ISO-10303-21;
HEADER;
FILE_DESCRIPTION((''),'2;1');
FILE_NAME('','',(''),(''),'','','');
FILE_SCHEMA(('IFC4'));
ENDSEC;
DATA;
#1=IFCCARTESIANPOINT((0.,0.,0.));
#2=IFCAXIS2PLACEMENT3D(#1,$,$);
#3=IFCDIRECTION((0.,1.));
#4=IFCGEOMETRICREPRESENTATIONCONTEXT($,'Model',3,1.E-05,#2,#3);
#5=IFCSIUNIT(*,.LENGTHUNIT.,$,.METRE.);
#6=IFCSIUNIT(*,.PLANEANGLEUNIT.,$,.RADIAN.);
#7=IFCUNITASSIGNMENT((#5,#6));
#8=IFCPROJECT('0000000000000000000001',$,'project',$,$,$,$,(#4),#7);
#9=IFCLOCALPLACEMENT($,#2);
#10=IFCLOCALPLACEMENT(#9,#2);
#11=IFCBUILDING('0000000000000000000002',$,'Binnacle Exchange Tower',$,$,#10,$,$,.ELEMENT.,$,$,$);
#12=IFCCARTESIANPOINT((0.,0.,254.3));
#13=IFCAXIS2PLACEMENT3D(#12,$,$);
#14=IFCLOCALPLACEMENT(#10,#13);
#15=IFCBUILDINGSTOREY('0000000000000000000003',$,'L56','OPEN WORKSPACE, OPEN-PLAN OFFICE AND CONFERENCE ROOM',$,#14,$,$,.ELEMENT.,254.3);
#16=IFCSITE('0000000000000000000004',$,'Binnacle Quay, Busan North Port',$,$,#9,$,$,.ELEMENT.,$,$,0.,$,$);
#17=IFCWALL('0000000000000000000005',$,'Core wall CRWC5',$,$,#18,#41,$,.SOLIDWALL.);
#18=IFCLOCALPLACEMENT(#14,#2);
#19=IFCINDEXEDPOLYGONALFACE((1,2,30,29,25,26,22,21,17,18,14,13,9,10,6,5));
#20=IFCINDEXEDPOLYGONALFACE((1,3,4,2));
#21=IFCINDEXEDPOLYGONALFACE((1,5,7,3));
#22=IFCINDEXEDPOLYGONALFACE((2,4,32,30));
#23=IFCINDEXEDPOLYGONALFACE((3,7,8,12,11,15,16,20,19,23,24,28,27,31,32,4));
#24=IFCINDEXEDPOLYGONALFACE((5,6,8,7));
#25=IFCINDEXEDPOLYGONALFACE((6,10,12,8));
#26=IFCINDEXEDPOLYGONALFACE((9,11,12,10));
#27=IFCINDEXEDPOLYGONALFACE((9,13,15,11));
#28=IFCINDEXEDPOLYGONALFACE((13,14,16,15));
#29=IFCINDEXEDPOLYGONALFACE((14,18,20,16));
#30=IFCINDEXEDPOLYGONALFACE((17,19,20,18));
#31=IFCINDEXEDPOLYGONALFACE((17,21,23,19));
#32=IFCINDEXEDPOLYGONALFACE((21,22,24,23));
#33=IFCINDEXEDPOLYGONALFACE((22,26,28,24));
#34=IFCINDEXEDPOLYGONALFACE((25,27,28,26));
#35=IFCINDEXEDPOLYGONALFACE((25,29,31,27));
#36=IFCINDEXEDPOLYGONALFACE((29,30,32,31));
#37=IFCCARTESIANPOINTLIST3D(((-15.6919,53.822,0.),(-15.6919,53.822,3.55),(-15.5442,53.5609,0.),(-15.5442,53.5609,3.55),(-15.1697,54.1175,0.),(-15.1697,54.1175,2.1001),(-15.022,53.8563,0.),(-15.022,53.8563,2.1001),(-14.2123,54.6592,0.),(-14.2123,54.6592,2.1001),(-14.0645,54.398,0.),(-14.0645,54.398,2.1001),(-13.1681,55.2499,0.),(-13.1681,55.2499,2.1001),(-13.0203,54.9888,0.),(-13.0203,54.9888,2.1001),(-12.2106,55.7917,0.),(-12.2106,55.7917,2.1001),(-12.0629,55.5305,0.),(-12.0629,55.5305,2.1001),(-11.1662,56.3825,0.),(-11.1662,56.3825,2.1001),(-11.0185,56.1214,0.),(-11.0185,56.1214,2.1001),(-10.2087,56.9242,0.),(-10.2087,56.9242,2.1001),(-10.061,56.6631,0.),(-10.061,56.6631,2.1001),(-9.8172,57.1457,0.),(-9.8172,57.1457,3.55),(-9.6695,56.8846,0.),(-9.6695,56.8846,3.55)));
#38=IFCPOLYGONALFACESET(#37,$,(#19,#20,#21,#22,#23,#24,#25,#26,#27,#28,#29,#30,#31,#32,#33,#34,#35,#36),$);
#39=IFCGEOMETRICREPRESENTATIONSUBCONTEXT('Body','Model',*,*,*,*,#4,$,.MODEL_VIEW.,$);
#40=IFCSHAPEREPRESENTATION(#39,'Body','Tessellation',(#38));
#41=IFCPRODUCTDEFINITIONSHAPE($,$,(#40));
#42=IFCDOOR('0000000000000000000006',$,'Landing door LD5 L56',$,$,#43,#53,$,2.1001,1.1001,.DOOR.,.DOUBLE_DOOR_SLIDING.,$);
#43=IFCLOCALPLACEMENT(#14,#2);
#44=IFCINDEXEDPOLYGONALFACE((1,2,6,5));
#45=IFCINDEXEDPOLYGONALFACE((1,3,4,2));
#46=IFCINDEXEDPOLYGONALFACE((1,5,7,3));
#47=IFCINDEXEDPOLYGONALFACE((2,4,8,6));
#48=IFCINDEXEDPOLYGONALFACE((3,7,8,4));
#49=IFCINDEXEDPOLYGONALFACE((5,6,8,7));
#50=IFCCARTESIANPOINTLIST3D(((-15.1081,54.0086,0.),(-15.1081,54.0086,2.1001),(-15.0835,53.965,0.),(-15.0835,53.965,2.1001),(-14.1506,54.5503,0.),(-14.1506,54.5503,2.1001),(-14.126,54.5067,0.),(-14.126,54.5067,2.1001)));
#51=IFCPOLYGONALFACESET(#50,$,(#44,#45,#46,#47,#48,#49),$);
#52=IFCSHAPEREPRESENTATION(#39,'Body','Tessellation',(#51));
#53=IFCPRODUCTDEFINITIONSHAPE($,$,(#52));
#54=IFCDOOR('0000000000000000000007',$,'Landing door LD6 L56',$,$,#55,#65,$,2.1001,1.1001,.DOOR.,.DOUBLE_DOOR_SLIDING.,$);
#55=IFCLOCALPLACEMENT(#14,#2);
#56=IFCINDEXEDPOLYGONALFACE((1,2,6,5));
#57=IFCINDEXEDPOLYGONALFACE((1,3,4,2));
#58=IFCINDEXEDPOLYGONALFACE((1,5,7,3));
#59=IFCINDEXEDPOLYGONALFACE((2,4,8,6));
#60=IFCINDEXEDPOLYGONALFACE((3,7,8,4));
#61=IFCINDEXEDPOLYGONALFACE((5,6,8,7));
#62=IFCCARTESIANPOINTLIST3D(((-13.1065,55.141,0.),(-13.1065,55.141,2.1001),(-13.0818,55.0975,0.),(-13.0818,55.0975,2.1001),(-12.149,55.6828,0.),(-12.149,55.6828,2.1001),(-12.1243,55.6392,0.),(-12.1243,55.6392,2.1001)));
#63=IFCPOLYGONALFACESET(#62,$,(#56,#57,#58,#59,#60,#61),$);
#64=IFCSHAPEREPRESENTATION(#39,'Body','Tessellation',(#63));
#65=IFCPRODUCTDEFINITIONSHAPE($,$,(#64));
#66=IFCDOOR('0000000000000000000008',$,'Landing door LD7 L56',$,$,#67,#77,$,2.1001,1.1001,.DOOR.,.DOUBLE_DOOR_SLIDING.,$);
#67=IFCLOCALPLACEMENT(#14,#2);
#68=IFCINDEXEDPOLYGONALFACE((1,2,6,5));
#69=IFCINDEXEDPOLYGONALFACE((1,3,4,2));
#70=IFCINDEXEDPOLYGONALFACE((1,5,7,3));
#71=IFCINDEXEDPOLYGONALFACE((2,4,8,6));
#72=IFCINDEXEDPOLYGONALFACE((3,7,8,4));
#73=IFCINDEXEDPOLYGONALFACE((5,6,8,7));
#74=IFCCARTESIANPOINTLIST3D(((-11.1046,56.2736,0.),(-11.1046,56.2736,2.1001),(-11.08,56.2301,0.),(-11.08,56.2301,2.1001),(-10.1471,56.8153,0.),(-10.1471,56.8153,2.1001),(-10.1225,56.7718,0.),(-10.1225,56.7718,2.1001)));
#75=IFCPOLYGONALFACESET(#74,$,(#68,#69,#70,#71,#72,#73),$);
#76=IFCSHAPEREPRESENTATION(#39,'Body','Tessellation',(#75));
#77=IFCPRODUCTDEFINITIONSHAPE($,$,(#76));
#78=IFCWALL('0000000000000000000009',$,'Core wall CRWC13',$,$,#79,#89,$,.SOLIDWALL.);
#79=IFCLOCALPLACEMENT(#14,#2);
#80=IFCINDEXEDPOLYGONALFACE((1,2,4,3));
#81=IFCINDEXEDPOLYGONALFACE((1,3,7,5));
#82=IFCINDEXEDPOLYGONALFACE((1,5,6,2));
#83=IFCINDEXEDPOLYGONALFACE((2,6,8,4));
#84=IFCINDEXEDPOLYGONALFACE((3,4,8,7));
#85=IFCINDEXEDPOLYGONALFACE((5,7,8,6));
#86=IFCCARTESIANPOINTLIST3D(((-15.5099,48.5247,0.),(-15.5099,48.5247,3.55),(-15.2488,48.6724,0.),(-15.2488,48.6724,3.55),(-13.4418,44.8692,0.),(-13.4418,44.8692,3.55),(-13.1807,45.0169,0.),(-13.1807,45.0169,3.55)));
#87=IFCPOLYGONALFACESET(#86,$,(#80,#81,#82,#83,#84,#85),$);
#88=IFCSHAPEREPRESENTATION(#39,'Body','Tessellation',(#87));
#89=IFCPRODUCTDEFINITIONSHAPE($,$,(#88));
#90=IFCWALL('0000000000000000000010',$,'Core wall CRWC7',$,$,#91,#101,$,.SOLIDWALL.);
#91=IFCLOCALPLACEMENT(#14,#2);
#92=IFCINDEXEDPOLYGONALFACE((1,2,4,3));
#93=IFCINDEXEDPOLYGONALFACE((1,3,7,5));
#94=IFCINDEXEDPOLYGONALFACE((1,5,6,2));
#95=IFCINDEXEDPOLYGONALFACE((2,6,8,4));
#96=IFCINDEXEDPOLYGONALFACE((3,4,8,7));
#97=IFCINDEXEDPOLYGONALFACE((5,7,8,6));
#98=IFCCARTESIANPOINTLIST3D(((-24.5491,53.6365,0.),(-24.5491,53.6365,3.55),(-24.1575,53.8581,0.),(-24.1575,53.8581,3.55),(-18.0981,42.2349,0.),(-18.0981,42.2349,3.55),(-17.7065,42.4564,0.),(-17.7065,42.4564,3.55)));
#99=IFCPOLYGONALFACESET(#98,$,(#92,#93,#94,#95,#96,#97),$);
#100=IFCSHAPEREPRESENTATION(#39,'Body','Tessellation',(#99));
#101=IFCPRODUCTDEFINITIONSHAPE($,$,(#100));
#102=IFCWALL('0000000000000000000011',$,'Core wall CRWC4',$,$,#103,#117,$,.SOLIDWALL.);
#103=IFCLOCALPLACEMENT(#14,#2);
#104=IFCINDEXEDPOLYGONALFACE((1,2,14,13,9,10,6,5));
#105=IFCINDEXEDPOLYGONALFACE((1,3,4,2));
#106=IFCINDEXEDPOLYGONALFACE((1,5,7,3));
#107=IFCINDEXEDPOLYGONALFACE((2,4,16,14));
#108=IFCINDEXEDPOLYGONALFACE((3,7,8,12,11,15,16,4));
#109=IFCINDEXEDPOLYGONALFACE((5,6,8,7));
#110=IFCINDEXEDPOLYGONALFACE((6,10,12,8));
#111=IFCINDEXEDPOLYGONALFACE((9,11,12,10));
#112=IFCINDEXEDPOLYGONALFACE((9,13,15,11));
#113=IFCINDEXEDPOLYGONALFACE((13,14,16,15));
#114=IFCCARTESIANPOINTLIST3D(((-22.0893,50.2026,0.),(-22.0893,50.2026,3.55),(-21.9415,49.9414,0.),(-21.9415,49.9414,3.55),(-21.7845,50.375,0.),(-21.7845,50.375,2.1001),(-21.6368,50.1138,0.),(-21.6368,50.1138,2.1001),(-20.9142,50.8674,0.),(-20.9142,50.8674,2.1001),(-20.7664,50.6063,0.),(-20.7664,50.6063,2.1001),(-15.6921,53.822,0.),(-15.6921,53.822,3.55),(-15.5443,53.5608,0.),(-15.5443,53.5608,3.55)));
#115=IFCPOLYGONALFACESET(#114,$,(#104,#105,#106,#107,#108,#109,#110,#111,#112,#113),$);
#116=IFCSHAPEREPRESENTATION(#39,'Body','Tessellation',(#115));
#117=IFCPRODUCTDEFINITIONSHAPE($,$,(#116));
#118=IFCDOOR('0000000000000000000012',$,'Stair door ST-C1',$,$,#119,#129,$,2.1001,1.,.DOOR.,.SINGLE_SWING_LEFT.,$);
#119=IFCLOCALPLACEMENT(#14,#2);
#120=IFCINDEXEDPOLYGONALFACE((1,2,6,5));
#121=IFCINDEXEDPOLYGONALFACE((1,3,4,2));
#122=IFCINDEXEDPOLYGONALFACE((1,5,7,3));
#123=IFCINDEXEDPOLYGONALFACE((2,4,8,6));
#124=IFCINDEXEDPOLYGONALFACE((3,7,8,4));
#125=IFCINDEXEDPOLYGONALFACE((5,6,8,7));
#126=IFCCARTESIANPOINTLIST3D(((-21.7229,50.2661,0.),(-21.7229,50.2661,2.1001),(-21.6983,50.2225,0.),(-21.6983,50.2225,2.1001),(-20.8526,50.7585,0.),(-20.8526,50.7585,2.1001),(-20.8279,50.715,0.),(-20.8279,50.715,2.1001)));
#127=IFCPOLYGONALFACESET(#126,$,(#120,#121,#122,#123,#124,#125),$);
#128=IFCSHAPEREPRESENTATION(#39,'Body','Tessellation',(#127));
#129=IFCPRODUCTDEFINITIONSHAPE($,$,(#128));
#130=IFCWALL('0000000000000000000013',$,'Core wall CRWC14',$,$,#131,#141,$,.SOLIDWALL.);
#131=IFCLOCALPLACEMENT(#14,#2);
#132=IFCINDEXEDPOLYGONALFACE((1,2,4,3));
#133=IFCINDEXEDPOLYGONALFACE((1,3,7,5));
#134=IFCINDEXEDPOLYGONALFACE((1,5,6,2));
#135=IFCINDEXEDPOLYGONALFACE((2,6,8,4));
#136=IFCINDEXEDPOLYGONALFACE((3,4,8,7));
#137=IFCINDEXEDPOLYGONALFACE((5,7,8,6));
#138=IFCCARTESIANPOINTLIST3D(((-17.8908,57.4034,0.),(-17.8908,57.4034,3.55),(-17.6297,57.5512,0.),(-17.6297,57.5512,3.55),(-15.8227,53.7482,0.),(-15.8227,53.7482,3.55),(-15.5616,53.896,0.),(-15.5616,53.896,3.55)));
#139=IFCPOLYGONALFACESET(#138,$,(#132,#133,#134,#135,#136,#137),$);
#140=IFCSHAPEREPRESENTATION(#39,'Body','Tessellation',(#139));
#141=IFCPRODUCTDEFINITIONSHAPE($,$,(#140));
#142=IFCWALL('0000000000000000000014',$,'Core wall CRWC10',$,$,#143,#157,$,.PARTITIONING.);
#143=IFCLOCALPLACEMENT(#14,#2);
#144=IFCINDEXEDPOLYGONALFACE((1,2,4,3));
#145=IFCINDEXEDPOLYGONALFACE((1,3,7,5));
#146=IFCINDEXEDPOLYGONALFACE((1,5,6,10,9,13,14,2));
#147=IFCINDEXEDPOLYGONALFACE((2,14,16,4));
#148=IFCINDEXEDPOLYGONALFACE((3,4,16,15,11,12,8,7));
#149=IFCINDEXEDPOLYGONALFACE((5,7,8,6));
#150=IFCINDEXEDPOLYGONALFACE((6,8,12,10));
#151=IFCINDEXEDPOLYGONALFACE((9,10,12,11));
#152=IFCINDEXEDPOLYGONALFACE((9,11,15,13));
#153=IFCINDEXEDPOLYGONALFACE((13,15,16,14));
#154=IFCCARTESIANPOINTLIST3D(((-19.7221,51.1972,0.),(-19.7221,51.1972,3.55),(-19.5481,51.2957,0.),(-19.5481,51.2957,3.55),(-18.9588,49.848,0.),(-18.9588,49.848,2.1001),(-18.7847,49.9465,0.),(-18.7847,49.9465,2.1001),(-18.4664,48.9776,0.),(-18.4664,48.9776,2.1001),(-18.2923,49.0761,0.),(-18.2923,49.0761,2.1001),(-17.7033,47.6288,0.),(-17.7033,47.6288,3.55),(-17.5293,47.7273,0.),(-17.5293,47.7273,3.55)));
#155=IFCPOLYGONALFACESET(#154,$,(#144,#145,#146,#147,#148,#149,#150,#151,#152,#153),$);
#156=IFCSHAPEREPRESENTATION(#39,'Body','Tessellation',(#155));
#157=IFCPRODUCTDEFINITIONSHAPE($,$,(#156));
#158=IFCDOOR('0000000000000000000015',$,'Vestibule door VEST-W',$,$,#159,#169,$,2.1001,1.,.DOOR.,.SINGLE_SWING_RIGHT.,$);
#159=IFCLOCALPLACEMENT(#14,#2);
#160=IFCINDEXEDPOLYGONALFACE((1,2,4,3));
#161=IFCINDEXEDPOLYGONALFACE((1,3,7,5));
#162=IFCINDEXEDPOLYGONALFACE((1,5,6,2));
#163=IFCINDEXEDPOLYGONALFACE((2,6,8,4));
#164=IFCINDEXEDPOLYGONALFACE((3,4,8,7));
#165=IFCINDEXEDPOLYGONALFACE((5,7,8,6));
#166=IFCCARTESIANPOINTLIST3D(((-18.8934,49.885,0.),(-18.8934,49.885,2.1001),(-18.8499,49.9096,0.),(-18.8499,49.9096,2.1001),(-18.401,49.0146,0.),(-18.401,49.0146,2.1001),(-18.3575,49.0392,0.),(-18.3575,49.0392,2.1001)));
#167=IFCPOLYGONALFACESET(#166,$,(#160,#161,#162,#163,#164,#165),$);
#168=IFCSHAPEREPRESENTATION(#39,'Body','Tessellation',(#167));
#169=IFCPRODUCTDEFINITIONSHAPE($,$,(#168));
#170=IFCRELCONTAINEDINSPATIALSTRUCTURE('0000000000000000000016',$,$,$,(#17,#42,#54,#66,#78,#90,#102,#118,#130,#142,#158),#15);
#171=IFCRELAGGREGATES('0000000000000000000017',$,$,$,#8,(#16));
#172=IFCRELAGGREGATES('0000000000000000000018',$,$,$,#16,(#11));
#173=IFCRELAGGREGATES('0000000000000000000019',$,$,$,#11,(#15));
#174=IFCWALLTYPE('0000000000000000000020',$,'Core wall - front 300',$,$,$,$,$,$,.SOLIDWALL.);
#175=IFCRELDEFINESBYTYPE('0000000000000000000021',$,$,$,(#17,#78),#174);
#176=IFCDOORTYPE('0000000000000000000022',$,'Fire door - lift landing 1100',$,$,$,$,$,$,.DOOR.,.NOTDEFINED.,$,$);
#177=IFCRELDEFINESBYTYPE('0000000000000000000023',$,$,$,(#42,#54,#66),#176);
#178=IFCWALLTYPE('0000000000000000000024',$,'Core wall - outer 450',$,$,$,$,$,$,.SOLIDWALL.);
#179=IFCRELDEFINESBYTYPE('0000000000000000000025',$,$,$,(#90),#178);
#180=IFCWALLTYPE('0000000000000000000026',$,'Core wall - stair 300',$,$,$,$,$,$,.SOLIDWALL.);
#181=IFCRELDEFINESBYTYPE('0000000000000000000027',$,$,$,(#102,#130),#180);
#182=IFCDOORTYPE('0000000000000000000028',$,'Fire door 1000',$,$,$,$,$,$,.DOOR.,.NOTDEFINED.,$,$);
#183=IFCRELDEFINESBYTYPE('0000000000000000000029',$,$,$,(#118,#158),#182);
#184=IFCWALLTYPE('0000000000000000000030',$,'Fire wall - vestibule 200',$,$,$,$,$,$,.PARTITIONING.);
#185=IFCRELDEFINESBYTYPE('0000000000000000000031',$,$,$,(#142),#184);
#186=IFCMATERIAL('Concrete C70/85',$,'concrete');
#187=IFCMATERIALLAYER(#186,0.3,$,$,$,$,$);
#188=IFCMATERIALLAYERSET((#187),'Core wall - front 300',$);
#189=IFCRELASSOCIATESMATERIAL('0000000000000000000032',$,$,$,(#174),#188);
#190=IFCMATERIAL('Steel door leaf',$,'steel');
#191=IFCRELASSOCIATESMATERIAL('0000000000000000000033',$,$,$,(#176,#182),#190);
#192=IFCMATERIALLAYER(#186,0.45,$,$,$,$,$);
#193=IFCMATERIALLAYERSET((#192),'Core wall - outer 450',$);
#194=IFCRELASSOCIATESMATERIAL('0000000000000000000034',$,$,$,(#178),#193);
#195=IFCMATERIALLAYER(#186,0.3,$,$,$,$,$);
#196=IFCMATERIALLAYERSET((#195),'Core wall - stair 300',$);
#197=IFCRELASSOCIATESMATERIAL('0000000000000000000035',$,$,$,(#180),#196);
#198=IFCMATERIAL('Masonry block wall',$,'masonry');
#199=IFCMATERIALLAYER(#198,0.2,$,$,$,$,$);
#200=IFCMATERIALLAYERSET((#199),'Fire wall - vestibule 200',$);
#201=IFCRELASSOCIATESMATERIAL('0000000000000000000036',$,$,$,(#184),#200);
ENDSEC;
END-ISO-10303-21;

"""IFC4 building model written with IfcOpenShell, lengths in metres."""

from ifc_helpers import new_model, si_unit, direction, frame, frame_2d, origin, place, context, subcontext, project, spatial, rectangle, extrude, material, layer, layer_set, type_object, element, fill, save


model = new_model("IFC4")

# Units and contexts
model_context = context("Model", 3, precision=1e-05, world=origin(), true_north=direction((0.0, 1.0)))
body_context = subcontext(model_context, "Body", "Model", "MODEL_VIEW")
ifc_project = project(units=[si_unit("LENGTHUNIT", "METRE"), si_unit("PLANEANGLEUNIT", "RADIAN")], contexts=[model_context])

# Site, building, storey
site_placement = place(None, origin())
site = spatial("IfcSite", under=ifc_project, at=site_placement, Name="Binnacle Quay, Busan North Port", CompositionType="ELEMENT", RefElevation=0.0)
building_placement = place(site_placement, origin())
building = spatial("IfcBuilding", under=site, at=building_placement, Name="Binnacle Exchange Tower", CompositionType="ELEMENT")
storey_placement = place(building_placement, frame((0.0, 0.0, 254.3)))
storey = spatial("IfcBuildingStorey", under=building, at=storey_placement, Name="L56", Description="OPEN WORKSPACE, OPEN-PLAN OFFICE AND CONFERENCE ROOM", CompositionType="ELEMENT", Elevation=254.3)

# Wall, openings, doors
ifc_material_1 = material(Name="Concrete C70/85", Category="concrete")
ifc_layer_1 = layer(ifc_material_1, 0.3)
ifc_layer_set_1 = layer_set([ifc_layer_1], Name="Core wall - front 300")
wall_type_1 = type_object("IfcWallType", Name="Core wall - front 300", PredefinedType="SOLIDWALL", material=ifc_layer_set_1)
wall_1_placement = place(storey_placement, frame((-15.6182, 53.6914, 0.0), z_axis=(0.0, 0.0, 1.0), x_axis=(0.870359, 0.492418, 0.0)))
wall_1 = element("IfcWall", 1, at=wall_1_placement, inside=storey, type_object=wall_type_1, Name="Core wall CRWC5", PredefinedType="SOLIDWALL", context=body_context, shape_type="SweptSolid", body=[
    extrude(rectangle(XDim=6.7498, YDim=0.3, at=frame_2d((3.375, 0.0))), origin(), (0.0, 0.0, 1.0), 3.55),
])
opening_1_placement = place(wall_1_placement, frame((0.6001, 0.0, 0.0)))
opening_1 = element("IfcOpeningElement", 2, at=opening_1_placement, cuts=wall_1, PredefinedType="OPENING", context=body_context, shape_type="SweptSolid", body=[
    extrude(rectangle(XDim=1.1001, YDim=2.1001, at=frame_2d((0.55, 1.05))), frame((0.0, 0.1599, 0.0), z_axis=(0.0, -1.0, 0.0), x_axis=(1.0, 0.0, 0.0)), (0.0, 0.0, 1.0), 0.3201),
])
opening_2_placement = place(wall_1_placement, frame((2.8999, 0.0, 0.0)))
opening_2 = element("IfcOpeningElement", 3, at=opening_2_placement, cuts=wall_1, PredefinedType="OPENING", context=body_context, shape_type="SweptSolid", body=[
    extrude(rectangle(XDim=1.1001, YDim=2.1001, at=frame_2d((0.55, 1.05))), frame((0.0, 0.1599, 0.0), z_axis=(0.0, -1.0, 0.0), x_axis=(1.0, 0.0, 0.0)), (0.0, 0.0, 1.0), 0.3201),
])
opening_3_placement = place(wall_1_placement, frame((5.2, 0.0, 0.0)))
opening_3 = element("IfcOpeningElement", 4, at=opening_3_placement, cuts=wall_1, PredefinedType="OPENING", context=body_context, shape_type="SweptSolid", body=[
    extrude(rectangle(XDim=1.1001, YDim=2.1001, at=frame_2d((0.55, 1.05))), frame((0.0, 0.1599, 0.0), z_axis=(0.0, -1.0, 0.0), x_axis=(1.0, 0.0, 0.0)), (0.0, 0.0, 1.0), 0.3201),
])
ifc_material_2 = material(Name="Steel door leaf", Category="steel")
door_type_1 = type_object("IfcDoorType", Name="Fire door - lift landing 1100", OperationType="NOTDEFINED", PredefinedType="DOOR", material=ifc_material_2)
door_1_placement = place(opening_1_placement, origin())
door_1 = element("IfcDoor", 5, at=door_1_placement, inside=storey, type_object=door_type_1, Name="Landing door LD5 L56", OperationType="DOUBLE_DOOR_SLIDING", OverallHeight=2.1001, OverallWidth=1.1001, PredefinedType="DOOR", context=body_context, shape_type="SweptSolid", body=[
    extrude(rectangle(XDim=1.1001, YDim=2.1001, at=frame_2d((0.55, 1.05))), frame((0.0, 0.0249, 0.0), z_axis=(0.0, -1.0, 0.0), x_axis=(1.0, 0.0, 0.0)), (0.0, 0.0, 1.0), 0.05),
])
fill(opening_1, door_1)
door_2_placement = place(opening_2_placement, origin())
door_2 = element("IfcDoor", 6, at=door_2_placement, inside=storey, type_object=door_type_1, Name="Landing door LD6 L56", OperationType="DOUBLE_DOOR_SLIDING", OverallHeight=2.1001, OverallWidth=1.1001, PredefinedType="DOOR", context=body_context, shape_type="SweptSolid", body=[
    extrude(rectangle(XDim=1.1001, YDim=2.1001, at=frame_2d((0.55, 1.05))), frame((0.0, 0.0249, 0.0), z_axis=(0.0, -1.0, 0.0), x_axis=(1.0, 0.0, 0.0)), (0.0, 0.0, 1.0), 0.05),
])
fill(opening_2, door_2)
door_3_placement = place(opening_3_placement, origin())
door_3 = element("IfcDoor", 7, at=door_3_placement, inside=storey, type_object=door_type_1, Name="Landing door LD7 L56", OperationType="DOUBLE_DOOR_SLIDING", OverallHeight=2.1001, OverallWidth=1.1001, PredefinedType="DOOR", context=body_context, shape_type="SweptSolid", body=[
    extrude(rectangle(XDim=1.1001, YDim=2.1001, at=frame_2d((0.55, 1.05))), frame((0.0, 0.0249, 0.0), z_axis=(0.0, -1.0, 0.0), x_axis=(1.0, 0.0, 0.0)), (0.0, 0.0, 1.0), 0.05),
])
fill(opening_3, door_3)

# Walls
wall_2_placement = place(storey_placement, frame((-15.3794, 48.5986, 0.0), z_axis=(0.0, 0.0, 1.0), x_axis=(0.49241, -0.870364, 0.0)))
element("IfcWall", 8, at=wall_2_placement, inside=storey, type_object=wall_type_1, Name="Core wall CRWC13", PredefinedType="SOLIDWALL", context=body_context, shape_type="SweptSolid", body=[
    extrude(rectangle(XDim=4.2, YDim=0.3, at=frame_2d((2.1001, 0.0))), origin(), (0.0, 0.0, 1.0), 3.55),
])
ifc_layer_2 = layer(ifc_material_1, 0.45)
ifc_layer_set_2 = layer_set([ifc_layer_2], Name="Core wall - outer 450")
wall_type_2 = type_object("IfcWallType", Name="Core wall - outer 450", PredefinedType="SOLIDWALL", material=ifc_layer_set_2)
wall_3_placement = place(storey_placement, frame((-24.3533, 53.7473, 0.0), z_axis=(0.0, 0.0, 1.0), x_axis=(0.492435, -0.870349, 0.0)))
element("IfcWall", 9, at=wall_3_placement, inside=storey, type_object=wall_type_2, Name="Core wall CRWC7", PredefinedType="SOLIDWALL", context=body_context, shape_type="SweptSolid", body=[
    extrude(rectangle(XDim=13.1001, YDim=0.45, at=frame_2d((6.55, 0.0))), origin(), (0.0, 0.0, 1.0), 3.55),
])

# Wall, opening, door
ifc_layer_3 = layer(ifc_material_1, 0.3)
ifc_layer_set_3 = layer_set([ifc_layer_3], Name="Core wall - stair 300")
wall_type_3 = type_object("IfcWallType", Name="Core wall - stair 300", PredefinedType="SOLIDWALL", material=ifc_layer_set_3)
wall_4_placement = place(storey_placement, frame((-22.0154, 50.072, 0.0), z_axis=(0.0, 0.0, 1.0), x_axis=(0.870355, 0.492425, 0.0)))
wall_4 = element("IfcWall", 10, at=wall_4_placement, inside=storey, type_object=wall_type_3, Name="Core wall CRWC4", PredefinedType="SOLIDWALL", context=body_context, shape_type="SweptSolid", body=[
    extrude(rectangle(XDim=7.3501, YDim=0.3, at=frame_2d((3.675, 0.0))), origin(), (0.0, 0.0, 1.0), 3.55),
])
opening_4_placement = place(wall_4_placement, frame((0.3501, 0.0, 0.0)))
opening_4 = element("IfcOpeningElement", 11, at=opening_4_placement, cuts=wall_4, PredefinedType="OPENING", context=body_context, shape_type="SweptSolid", body=[
    extrude(rectangle(XDim=1.0, YDim=2.1001, at=frame_2d((0.5, 1.05))), frame((0.0, 0.1599, 0.0), z_axis=(0.0, -1.0, 0.0), x_axis=(1.0, 0.0, 0.0)), (0.0, 0.0, 1.0), 0.3201),
])
door_type_2 = type_object("IfcDoorType", Name="Fire door 1000", OperationType="NOTDEFINED", PredefinedType="DOOR", material=ifc_material_2)
door_4_placement = place(opening_4_placement, origin())
door_4 = element("IfcDoor", 12, at=door_4_placement, inside=storey, type_object=door_type_2, Name="Stair door ST-C1", OperationType="SINGLE_SWING_LEFT", OverallHeight=2.1001, OverallWidth=1.0, PredefinedType="DOOR", context=body_context, shape_type="SweptSolid", body=[
    extrude(rectangle(XDim=1.0, YDim=2.1001, at=frame_2d((0.5, 1.05))), frame((0.0, 0.0249, 0.0), z_axis=(0.0, -1.0, 0.0), x_axis=(1.0, 0.0, 0.0)), (0.0, 0.0, 1.0), 0.05),
])
fill(opening_4, door_4)

# Wall
wall_5_placement = place(storey_placement, frame((-17.7603, 57.4773, 0.0), z_axis=(0.0, 0.0, 1.0), x_axis=(0.492435, -0.870349, 0.0)))
element("IfcWall", 13, at=wall_5_placement, inside=storey, type_object=wall_type_3, Name="Core wall CRWC14", PredefinedType="SOLIDWALL", context=body_context, shape_type="SweptSolid", body=[
    extrude(rectangle(XDim=4.1997, YDim=0.3, at=frame_2d((2.0999, 0.0))), origin(), (0.0, 0.0, 1.0), 3.55),
])

# Wall, opening, door
ifc_material_3 = material(Name="Masonry block wall", Category="masonry")
ifc_layer_4 = layer(ifc_material_3, 0.2)
ifc_layer_set_4 = layer_set([ifc_layer_4], Name="Fire wall - vestibule 200")
wall_type_4 = type_object("IfcWallType", Name="Fire wall - vestibule 200", PredefinedType="PARTITIONING", material=ifc_layer_set_4)
wall_6_placement = place(storey_placement, frame((-19.635, 51.2463, 0.0), z_axis=(0.0, 0.0, 1.0), x_axis=(0.492408, -0.870364, 0.0)))
wall_6 = element("IfcWall", 14, at=wall_6_placement, inside=storey, type_object=wall_type_4, Name="Core wall CRWC10", PredefinedType="PARTITIONING", context=body_context, shape_type="SweptSolid", body=[
    extrude(rectangle(XDim=4.0999, YDim=0.2, at=frame_2d((2.0498, 0.0))), origin(), (0.0, 0.0, 1.0), 3.55),
])
opening_5_placement = place(wall_6_placement, frame((1.55, 0.0, 0.0)))
opening_5 = element("IfcOpeningElement", 15, at=opening_5_placement, cuts=wall_6, PredefinedType="OPENING", context=body_context, shape_type="SweptSolid", body=[
    extrude(rectangle(XDim=1.0, YDim=2.1001, at=frame_2d((0.5, 1.05))), frame((0.0, 0.1099, 0.0), z_axis=(0.0, -1.0, 0.0), x_axis=(1.0, 0.0, 0.0)), (0.0, 0.0, 1.0), 0.22),
])
door_5_placement = place(opening_5_placement, frame((1.0, 0.0, 0.0), z_axis=(0.0, 0.0, 1.0), x_axis=(-1.0, 0.0, 0.0)))
door_5 = element("IfcDoor", 16, at=door_5_placement, inside=storey, type_object=door_type_2, Name="Vestibule door VEST-W", OperationType="SINGLE_SWING_RIGHT", OverallHeight=2.1001, OverallWidth=1.0, PredefinedType="DOOR", context=body_context, shape_type="SweptSolid", body=[
    extrude(rectangle(XDim=1.0, YDim=2.1001, at=frame_2d((0.5, 1.05))), frame((0.0, 0.0249, 0.0), z_axis=(0.0, -1.0, 0.0), x_axis=(1.0, 0.0, 0.0)), (0.0, 0.0, 1.0), 0.05),
])
fill(opening_5, door_5)

save(model, "model.ifc")
